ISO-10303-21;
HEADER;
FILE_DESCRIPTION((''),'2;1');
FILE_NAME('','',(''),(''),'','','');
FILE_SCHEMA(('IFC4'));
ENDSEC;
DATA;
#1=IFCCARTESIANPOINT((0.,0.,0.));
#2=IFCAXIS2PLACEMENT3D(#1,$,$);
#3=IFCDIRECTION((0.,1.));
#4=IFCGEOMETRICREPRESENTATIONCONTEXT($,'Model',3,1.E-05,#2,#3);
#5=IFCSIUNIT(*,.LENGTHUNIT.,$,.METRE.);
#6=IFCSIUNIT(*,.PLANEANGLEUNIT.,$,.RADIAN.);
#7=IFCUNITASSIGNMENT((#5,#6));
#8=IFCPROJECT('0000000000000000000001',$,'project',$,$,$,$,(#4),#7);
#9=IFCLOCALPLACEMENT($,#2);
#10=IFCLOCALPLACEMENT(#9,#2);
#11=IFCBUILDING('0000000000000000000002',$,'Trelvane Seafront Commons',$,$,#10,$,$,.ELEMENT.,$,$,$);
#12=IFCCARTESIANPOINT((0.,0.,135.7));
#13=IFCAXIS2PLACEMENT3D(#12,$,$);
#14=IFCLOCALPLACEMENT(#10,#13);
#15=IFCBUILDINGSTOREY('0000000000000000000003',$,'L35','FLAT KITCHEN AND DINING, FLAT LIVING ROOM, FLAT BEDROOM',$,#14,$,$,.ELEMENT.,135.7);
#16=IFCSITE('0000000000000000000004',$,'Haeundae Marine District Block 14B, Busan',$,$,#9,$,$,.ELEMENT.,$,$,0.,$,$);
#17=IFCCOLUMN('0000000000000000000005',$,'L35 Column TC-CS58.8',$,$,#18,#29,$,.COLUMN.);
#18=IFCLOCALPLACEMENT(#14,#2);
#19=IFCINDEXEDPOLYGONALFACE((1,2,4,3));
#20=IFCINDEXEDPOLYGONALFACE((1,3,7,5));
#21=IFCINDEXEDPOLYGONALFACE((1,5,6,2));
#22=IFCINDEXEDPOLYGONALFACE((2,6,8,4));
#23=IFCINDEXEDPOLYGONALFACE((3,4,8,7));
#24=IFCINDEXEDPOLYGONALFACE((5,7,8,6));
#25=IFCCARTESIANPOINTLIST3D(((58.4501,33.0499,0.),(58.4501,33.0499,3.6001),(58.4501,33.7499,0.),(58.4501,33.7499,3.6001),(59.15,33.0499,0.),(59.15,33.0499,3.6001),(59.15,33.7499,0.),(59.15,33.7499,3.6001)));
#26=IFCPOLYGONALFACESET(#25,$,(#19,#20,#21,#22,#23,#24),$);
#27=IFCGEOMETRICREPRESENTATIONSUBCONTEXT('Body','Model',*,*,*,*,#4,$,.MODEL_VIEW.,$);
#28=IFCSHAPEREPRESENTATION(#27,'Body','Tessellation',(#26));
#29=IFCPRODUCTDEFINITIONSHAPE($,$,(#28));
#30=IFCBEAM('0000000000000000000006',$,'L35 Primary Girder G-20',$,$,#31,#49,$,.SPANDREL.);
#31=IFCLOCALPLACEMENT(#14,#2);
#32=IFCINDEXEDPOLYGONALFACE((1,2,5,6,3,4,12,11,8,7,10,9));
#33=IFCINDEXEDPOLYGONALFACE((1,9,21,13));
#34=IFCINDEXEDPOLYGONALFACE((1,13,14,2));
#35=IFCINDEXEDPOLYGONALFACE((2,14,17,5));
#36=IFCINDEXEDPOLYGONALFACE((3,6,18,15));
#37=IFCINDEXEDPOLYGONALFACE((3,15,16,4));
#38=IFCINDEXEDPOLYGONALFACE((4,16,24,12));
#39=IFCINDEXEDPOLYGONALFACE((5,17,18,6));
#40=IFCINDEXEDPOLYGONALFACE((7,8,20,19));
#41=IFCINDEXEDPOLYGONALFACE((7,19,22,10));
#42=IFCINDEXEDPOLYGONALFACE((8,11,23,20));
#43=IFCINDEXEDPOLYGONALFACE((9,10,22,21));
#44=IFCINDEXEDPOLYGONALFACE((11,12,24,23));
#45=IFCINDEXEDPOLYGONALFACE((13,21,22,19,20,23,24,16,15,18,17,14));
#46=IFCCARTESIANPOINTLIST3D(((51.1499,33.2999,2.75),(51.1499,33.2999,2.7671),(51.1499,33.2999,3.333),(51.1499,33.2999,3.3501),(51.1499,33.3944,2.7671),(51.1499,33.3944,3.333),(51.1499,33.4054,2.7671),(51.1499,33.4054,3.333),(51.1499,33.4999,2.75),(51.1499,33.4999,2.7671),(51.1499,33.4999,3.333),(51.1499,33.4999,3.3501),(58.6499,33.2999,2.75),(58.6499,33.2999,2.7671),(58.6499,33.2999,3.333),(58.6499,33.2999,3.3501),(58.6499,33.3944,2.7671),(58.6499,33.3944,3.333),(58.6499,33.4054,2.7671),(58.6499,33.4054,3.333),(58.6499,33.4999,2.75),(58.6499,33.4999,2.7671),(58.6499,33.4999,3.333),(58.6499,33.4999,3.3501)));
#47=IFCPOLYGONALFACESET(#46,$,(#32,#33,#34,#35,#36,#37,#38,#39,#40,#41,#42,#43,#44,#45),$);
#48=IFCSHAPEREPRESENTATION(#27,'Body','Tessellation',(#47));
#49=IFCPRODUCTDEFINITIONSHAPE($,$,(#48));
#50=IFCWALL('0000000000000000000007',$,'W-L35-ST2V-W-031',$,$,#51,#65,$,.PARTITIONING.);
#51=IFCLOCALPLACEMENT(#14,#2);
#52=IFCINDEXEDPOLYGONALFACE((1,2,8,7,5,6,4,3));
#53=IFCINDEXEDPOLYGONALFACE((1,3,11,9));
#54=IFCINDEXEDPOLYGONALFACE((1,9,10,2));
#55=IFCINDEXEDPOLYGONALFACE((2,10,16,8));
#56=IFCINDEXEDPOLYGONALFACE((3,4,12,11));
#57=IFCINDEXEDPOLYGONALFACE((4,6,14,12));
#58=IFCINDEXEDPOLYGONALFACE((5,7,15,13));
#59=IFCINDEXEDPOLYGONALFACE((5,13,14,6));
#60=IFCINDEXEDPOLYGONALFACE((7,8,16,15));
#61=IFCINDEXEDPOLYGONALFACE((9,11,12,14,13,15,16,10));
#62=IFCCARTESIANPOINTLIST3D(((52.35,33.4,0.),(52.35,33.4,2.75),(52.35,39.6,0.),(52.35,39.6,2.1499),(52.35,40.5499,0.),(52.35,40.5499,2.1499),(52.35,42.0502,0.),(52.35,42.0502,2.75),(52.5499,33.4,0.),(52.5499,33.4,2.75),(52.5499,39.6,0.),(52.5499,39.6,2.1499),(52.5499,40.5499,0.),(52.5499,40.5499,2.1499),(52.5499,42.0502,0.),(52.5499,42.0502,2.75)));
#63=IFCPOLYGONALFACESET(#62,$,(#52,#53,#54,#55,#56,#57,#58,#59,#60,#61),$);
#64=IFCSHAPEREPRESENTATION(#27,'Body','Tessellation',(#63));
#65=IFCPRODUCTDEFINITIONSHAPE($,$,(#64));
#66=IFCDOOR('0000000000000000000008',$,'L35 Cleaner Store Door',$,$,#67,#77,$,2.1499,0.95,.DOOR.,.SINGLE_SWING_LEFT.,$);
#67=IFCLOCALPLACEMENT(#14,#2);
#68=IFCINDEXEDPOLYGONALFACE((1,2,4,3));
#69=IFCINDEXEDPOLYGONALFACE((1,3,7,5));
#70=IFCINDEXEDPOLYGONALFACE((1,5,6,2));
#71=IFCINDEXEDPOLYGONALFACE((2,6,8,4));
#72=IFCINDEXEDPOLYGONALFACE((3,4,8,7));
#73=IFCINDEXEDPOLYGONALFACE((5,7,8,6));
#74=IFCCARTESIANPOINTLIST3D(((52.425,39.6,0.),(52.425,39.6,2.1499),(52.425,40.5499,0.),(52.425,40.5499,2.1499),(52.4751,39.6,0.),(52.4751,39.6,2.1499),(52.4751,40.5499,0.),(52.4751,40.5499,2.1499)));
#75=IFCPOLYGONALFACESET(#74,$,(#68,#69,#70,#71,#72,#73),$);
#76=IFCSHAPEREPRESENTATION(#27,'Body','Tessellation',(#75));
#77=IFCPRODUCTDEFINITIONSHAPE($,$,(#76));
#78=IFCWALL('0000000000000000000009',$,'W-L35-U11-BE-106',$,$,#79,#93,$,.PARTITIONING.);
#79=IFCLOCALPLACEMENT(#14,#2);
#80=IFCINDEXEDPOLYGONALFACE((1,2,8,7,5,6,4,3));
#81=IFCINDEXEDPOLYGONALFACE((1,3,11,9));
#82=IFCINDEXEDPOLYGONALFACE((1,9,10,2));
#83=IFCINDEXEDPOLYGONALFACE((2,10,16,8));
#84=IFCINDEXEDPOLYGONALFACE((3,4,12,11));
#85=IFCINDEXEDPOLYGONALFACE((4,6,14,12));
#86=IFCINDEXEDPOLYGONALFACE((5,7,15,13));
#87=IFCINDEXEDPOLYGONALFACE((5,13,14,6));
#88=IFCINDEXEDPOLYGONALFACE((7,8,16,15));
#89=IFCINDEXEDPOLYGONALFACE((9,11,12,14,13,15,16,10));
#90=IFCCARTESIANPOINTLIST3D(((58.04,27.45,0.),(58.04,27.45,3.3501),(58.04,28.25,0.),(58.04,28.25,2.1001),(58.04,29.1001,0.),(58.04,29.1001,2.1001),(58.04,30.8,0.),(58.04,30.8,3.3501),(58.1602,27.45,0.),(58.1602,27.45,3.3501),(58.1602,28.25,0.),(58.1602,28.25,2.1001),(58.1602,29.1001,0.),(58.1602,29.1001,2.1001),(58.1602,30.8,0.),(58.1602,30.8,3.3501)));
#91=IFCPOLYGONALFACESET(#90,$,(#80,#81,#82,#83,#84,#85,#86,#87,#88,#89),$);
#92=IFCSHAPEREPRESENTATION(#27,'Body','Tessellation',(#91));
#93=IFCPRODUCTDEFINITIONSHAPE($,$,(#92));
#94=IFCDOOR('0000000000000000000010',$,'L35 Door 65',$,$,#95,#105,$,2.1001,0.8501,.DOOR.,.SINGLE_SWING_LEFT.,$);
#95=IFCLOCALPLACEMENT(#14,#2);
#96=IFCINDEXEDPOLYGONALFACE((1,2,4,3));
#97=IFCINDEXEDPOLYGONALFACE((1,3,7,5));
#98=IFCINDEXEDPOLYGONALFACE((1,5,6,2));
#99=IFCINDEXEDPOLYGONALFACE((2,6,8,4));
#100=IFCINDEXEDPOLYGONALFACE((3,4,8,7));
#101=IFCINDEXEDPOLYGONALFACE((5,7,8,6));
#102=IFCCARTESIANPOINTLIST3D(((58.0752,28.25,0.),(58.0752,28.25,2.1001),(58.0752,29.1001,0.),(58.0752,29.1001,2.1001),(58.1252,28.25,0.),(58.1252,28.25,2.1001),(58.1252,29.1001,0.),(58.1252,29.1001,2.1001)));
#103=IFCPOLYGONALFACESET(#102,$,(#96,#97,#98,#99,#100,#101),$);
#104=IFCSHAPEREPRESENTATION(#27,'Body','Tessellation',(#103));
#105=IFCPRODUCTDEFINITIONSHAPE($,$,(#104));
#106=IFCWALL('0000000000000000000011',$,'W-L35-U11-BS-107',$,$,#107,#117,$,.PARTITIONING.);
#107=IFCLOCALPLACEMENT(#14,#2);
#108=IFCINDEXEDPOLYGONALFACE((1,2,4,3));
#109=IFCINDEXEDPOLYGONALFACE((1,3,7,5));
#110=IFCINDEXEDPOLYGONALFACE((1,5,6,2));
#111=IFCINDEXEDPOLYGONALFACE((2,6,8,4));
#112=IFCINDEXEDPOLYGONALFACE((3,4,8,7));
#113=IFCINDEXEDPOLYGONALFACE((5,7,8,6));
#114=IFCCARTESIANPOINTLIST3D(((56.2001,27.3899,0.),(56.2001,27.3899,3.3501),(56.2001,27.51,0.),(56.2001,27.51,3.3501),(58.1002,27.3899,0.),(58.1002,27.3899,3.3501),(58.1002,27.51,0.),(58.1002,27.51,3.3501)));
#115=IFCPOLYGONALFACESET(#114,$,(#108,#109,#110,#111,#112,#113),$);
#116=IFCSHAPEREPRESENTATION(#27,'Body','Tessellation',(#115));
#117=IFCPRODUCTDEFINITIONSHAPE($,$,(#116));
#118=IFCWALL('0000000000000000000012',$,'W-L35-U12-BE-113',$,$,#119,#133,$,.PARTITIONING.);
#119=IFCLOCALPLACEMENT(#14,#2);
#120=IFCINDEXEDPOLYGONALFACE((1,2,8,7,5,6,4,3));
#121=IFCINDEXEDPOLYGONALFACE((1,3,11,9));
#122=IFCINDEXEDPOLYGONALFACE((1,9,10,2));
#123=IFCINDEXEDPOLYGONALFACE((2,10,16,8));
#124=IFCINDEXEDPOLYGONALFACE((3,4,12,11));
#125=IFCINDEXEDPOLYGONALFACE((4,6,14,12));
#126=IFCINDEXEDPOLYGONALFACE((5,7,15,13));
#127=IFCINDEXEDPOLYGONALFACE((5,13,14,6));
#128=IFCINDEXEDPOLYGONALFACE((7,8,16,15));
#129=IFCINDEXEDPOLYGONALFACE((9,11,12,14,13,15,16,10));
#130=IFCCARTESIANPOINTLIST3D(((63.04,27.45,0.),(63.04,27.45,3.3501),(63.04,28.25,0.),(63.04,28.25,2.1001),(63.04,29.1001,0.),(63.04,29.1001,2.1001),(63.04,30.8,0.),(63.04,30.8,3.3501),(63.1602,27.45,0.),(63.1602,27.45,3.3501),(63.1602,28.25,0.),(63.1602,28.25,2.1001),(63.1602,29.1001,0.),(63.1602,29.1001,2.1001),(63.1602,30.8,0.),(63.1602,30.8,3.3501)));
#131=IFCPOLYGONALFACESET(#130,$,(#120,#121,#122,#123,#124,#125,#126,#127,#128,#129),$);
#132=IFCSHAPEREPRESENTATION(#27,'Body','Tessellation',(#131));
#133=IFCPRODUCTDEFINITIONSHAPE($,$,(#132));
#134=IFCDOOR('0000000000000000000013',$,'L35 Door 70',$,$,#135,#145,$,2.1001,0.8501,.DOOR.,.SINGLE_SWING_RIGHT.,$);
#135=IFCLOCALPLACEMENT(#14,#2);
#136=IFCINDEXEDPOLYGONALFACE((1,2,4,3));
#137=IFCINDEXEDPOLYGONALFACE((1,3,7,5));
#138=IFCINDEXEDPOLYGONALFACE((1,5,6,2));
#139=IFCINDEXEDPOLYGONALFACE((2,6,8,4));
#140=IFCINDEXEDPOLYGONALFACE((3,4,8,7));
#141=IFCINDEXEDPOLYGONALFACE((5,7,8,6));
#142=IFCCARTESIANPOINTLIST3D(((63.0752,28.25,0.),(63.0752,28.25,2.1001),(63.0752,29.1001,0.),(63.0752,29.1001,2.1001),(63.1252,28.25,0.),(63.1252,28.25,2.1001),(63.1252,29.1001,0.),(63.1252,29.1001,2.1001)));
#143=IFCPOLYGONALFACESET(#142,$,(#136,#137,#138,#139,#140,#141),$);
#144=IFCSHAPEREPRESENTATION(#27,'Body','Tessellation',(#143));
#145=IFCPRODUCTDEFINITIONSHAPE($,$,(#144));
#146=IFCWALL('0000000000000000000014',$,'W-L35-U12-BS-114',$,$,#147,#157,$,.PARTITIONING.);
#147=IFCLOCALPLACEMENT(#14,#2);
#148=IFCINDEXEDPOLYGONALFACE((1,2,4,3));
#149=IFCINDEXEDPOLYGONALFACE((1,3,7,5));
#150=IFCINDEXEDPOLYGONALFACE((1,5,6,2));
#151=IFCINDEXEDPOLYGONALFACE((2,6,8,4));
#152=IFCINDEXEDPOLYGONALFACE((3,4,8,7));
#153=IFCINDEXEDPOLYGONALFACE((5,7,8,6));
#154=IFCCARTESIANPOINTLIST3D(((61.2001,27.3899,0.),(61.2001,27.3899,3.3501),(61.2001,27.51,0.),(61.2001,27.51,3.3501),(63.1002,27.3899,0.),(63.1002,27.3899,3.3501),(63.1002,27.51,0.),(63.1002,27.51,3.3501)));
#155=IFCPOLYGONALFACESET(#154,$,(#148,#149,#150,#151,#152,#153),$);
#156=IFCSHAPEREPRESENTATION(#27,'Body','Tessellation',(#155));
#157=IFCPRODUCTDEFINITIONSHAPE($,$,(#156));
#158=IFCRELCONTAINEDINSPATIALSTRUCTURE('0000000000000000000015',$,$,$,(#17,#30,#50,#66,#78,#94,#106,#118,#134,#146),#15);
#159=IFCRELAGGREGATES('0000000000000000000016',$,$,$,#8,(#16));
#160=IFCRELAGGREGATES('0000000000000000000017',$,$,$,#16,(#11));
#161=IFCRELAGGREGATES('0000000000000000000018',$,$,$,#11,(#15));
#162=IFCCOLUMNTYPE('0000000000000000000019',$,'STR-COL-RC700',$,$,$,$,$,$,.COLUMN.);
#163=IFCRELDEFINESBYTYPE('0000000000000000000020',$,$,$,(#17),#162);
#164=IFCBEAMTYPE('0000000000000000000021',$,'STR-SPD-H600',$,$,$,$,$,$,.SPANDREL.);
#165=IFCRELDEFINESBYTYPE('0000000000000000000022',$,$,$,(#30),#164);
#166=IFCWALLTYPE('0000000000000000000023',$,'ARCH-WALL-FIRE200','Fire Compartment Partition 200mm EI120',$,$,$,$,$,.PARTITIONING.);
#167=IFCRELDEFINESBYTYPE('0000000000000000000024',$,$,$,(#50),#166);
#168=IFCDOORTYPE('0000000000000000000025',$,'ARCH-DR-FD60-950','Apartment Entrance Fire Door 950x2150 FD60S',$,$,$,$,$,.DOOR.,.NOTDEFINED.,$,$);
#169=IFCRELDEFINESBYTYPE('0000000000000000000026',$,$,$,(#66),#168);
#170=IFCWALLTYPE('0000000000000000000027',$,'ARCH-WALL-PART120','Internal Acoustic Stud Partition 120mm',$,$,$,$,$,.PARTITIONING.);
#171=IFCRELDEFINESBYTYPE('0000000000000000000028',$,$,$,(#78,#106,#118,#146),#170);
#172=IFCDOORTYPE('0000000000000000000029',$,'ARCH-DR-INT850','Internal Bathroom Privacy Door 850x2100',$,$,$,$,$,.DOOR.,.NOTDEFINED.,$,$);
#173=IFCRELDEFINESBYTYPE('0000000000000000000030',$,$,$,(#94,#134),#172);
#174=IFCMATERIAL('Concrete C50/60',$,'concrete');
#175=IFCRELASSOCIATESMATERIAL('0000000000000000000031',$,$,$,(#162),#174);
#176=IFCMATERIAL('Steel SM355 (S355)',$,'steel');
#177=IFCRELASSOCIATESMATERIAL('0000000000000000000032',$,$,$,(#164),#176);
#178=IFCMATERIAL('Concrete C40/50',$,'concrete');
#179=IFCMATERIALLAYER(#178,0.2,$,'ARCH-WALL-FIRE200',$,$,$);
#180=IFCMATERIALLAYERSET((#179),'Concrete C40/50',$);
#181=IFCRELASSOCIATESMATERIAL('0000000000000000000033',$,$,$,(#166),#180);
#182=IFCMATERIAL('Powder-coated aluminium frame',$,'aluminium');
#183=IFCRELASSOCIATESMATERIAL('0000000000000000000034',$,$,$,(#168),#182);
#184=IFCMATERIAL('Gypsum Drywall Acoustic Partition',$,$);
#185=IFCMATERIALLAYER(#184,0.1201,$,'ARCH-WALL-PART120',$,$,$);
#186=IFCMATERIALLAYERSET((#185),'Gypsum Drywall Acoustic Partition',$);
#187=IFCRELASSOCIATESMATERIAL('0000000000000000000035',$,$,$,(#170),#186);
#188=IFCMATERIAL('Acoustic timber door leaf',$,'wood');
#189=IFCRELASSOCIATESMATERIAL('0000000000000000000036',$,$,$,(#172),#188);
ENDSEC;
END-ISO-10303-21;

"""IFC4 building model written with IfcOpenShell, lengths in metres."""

from ifc_helpers import new_model, si_unit, direction, frame, frame_2d, origin, origin_2d, place, context, subcontext, project, spatial, rectangle, i_section, extrude, source, transform, mapped, material, layer, layer_set, material_profile, profile_set, type_object, element, fill, save


model = new_model("IFC4")

# Units and contexts
model_context = context("Model", 3, precision=1e-05, world=origin(), true_north=direction((0.0, 1.0)))
body_context = subcontext(model_context, "Body", "Model", "MODEL_VIEW")
ifc_project = project(units=[si_unit("LENGTHUNIT", "METRE"), si_unit("PLANEANGLEUNIT", "RADIAN")], contexts=[model_context])

# Site, building, storey
site_placement = place(None, origin())
site = spatial("IfcSite", under=ifc_project, at=site_placement, Name="Haeundae Marine District Block 14B, Busan", CompositionType="ELEMENT", RefElevation=0.0)
building_placement = place(site_placement, origin())
building = spatial("IfcBuilding", under=site, at=building_placement, Name="Trelvane Seafront Commons", CompositionType="ELEMENT")
storey_placement = place(building_placement, frame((0.0, 0.0, 135.7)))
storey = spatial("IfcBuildingStorey", under=building, at=storey_placement, Name="L35", Description="FLAT KITCHEN AND DINING, FLAT LIVING ROOM, FLAT BEDROOM", CompositionType="ELEMENT", Elevation=135.7)

# Column
ifc_material_1 = material(Name="Concrete C50/60", Category="concrete")
ifc_material_profile_1 = material_profile(ifc_material_1, rectangle(XDim=0.7, YDim=0.7, at=origin_2d()), Name="RC-700x700")
ifc_profile_set_1 = profile_set([ifc_material_profile_1], Name="Concrete C50/60")
column_type = type_object("IfcColumnType", Name="STR-COL-RC700", PredefinedType="COLUMN", material=ifc_profile_set_1)
shared_shape_1 = source(origin(), body_context, "Body", "SweptSolid", [
    extrude(rectangle(XDim=0.7, YDim=0.7, at=origin_2d()), origin(), (0.0, 0.0, 1.0), 3.6001),
])
column_placement = place(storey_placement, frame((58.8, 33.3999, 0.0), z_axis=(0.0, 0.0, 1.0), x_axis=(1.0, 0.0, 0.0)))
element("IfcColumn", 1, at=column_placement, inside=storey, type_object=column_type, Name="L35 Column TC-CS58.8", PredefinedType="COLUMN", context=body_context, shape_type="MappedRepresentation", body=[
    mapped(shared_shape_1, transform((0.0, 0.0, 0.0), x_axis=(1.0, 0.0, 0.0), y_axis=(0.0, 1.0, 0.0), z_axis=(0.0, 0.0, 1.0), scale=1.0)),
])

# Beam
ifc_material_2 = material(Name="Steel SM355 (S355)", Category="steel")
ifc_material_profile_2 = material_profile(ifc_material_2, i_section(OverallWidth=0.2, OverallDepth=0.6001, WebThickness=0.011, FlangeThickness=0.0171, at=origin_2d()), Name="H-600x200x11x17")
ifc_profile_set_2 = profile_set([ifc_material_profile_2], Name="Steel SM355 (S355)")
beam_type = type_object("IfcBeamType", Name="STR-SPD-H600", PredefinedType="SPANDREL", material=ifc_profile_set_2)
shared_shape_2 = source(origin(), body_context, "Body", "SweptSolid", [
    extrude(i_section(OverallWidth=0.2, OverallDepth=0.6001, WebThickness=0.011, FlangeThickness=0.0171, at=origin_2d()), origin(), (0.0, 0.0, 1.0), 7.5),
])
beam_placement = place(storey_placement, frame((51.1499, 33.3999, 3.05), z_axis=(1.0, 0.0, 0.0), x_axis=(0.0, 1.0, 0.0)))
element("IfcBeam", 2, at=beam_placement, inside=storey, type_object=beam_type, Name="L35 Primary Girder G-20", PredefinedType="SPANDREL", context=body_context, shape_type="MappedRepresentation", body=[
    mapped(shared_shape_2, transform((0.0, 0.0, 0.0), x_axis=(1.0, 0.0, 0.0), y_axis=(0.0, 1.0, 0.0), z_axis=(0.0, 0.0, 1.0), scale=1.0)),
])

# Walls, openings, doors
ifc_material_3 = material(Name="Concrete C40/50", Category="concrete")
ifc_layer_1 = layer(ifc_material_3, 0.2, Name="ARCH-WALL-FIRE200")
ifc_layer_set_1 = layer_set([ifc_layer_1], Name="Concrete C40/50")
wall_type_1 = type_object("IfcWallType", Name="ARCH-WALL-FIRE200", Description="Fire Compartment Partition 200mm EI120", PredefinedType="PARTITIONING", material=ifc_layer_set_1)
wall_1_placement = place(storey_placement, frame((52.45, 33.3999, 0.0), z_axis=(0.0, 0.0, 1.0), x_axis=(0.0, 1.0, 0.0)))
wall_1 = element("IfcWall", 3, at=wall_1_placement, inside=storey, type_object=wall_type_1, Name="W-L35-ST2V-W-031", PredefinedType="PARTITIONING", context=body_context, shape_type="SweptSolid", body=[
    extrude(rectangle(XDim=8.6501, YDim=0.2, at=frame_2d((4.3252, 0.0))), origin(), (0.0, 0.0, 1.0), 2.75),
])
opening_1_placement = place(wall_1_placement, frame((6.2, 0.0, 0.0)))
opening_1 = element("IfcOpeningElement", 4, at=opening_1_placement, cuts=wall_1, PredefinedType="OPENING", context=body_context, shape_type="SweptSolid", body=[
    extrude(rectangle(XDim=0.95, YDim=2.1499, at=frame_2d((0.4751, 1.075))), frame((0.0, 0.1099, 0.0), z_axis=(0.0, -1.0, 0.0), x_axis=(1.0, 0.0, 0.0)), (0.0, 0.0, 1.0), 0.22),
])
ifc_material_4 = material(Name="Powder-coated aluminium frame", Category="aluminium")
door_type_1 = type_object("IfcDoorType", Name="ARCH-DR-FD60-950", Description="Apartment Entrance Fire Door 950x2150 FD60S", OperationType="NOTDEFINED", PredefinedType="DOOR", material=ifc_material_4)
shared_shape_3 = source(origin(), body_context, "Body", "SweptSolid", [
    extrude(rectangle(XDim=0.95, YDim=2.1499, at=frame_2d((0.4751, 1.075))), frame((0.0, 0.0249, 0.0), z_axis=(0.0, -1.0, 0.0), x_axis=(1.0, 0.0, 0.0)), (0.0, 0.0, 1.0), 0.05),
])
door_1_placement = place(opening_1_placement, origin())
door_1 = element("IfcDoor", 5, at=door_1_placement, inside=storey, type_object=door_type_1, Name="L35 Cleaner Store Door", OperationType="SINGLE_SWING_LEFT", OverallHeight=2.1499, OverallWidth=0.95, PredefinedType="DOOR", context=body_context, shape_type="MappedRepresentation", body=[
    mapped(shared_shape_3, transform((0.0, 0.0, 0.0), x_axis=(1.0, 0.0, 0.0), y_axis=(0.0, 1.0, 0.0), z_axis=(0.0, 0.0, 1.0), scale=1.0)),
])
fill(opening_1, door_1)
ifc_material_5 = material(Name="Gypsum Drywall Acoustic Partition")
ifc_layer_2 = layer(ifc_material_5, 0.1201, Name="ARCH-WALL-PART120")
ifc_layer_set_2 = layer_set([ifc_layer_2], Name="Gypsum Drywall Acoustic Partition")
wall_type_2 = type_object("IfcWallType", Name="ARCH-WALL-PART120", Description="Internal Acoustic Stud Partition 120mm", PredefinedType="PARTITIONING", material=ifc_layer_set_2)
wall_2_placement = place(storey_placement, frame((58.1001, 27.45, 0.0), z_axis=(0.0, 0.0, 1.0), x_axis=(0.0, 1.0, 0.0)))
wall_2 = element("IfcWall", 6, at=wall_2_placement, inside=storey, type_object=wall_type_2, Name="W-L35-U11-BE-106", PredefinedType="PARTITIONING", context=body_context, shape_type="SweptSolid", body=[
    extrude(rectangle(XDim=3.3501, YDim=0.1201, at=frame_2d((1.675, 0.0))), origin(), (0.0, 0.0, 1.0), 3.3501),
])
opening_2_placement = place(wall_2_placement, frame((0.8, 0.0, 0.0)))
opening_2 = element("IfcOpeningElement", 7, at=opening_2_placement, cuts=wall_2, PredefinedType="OPENING", context=body_context, shape_type="SweptSolid", body=[
    extrude(rectangle(XDim=0.8501, YDim=2.1001, at=frame_2d((0.425, 1.05))), frame((0.0, 0.0701, 0.0), z_axis=(0.0, -1.0, 0.0), x_axis=(1.0, 0.0, 0.0)), (0.0, 0.0, 1.0), 0.1401),
])
ifc_material_6 = material(Name="Acoustic timber door leaf", Category="wood")
door_type_2 = type_object("IfcDoorType", Name="ARCH-DR-INT850", Description="Internal Bathroom Privacy Door 850x2100", OperationType="NOTDEFINED", PredefinedType="DOOR", material=ifc_material_6)
shared_shape_4 = source(origin(), body_context, "Body", "SweptSolid", [
    extrude(rectangle(XDim=0.8501, YDim=2.1001, at=frame_2d((0.425, 1.05))), frame((0.0, 0.0249, 0.0), z_axis=(0.0, -1.0, 0.0), x_axis=(1.0, 0.0, 0.0)), (0.0, 0.0, 1.0), 0.05),
])
door_2_placement = place(opening_2_placement, origin())
door_2 = element("IfcDoor", 8, at=door_2_placement, inside=storey, type_object=door_type_2, Name="L35 Door 65", OperationType="SINGLE_SWING_LEFT", OverallHeight=2.1001, OverallWidth=0.8501, PredefinedType="DOOR", context=body_context, shape_type="MappedRepresentation", body=[
    mapped(shared_shape_4, transform((0.0, 0.0, 0.0), x_axis=(1.0, 0.0, 0.0), y_axis=(0.0, 1.0, 0.0), z_axis=(0.0, 0.0, 1.0), scale=1.0)),
])
fill(opening_2, door_2)

# Wall
wall_3_placement = place(storey_placement, frame((56.2, 27.45, 0.0), z_axis=(0.0, 0.0, 1.0), x_axis=(1.0, 0.0, 0.0)))
element("IfcWall", 9, at=wall_3_placement, inside=storey, type_object=wall_type_2, Name="W-L35-U11-BS-107", PredefinedType="PARTITIONING", context=body_context, shape_type="SweptSolid", body=[
    extrude(rectangle(XDim=1.9001, YDim=0.1201, at=frame_2d((0.9502, 0.0))), origin(), (0.0, 0.0, 1.0), 3.3501),
])

# Wall, opening, door
wall_4_placement = place(storey_placement, frame((63.1001, 27.45, 0.0), z_axis=(0.0, 0.0, 1.0), x_axis=(0.0, 1.0, 0.0)))
wall_4 = element("IfcWall", 10, at=wall_4_placement, inside=storey, type_object=wall_type_2, Name="W-L35-U12-BE-113", PredefinedType="PARTITIONING", context=body_context, shape_type="SweptSolid", body=[
    extrude(rectangle(XDim=3.3501, YDim=0.1201, at=frame_2d((1.675, 0.0))), origin(), (0.0, 0.0, 1.0), 3.3501),
])
opening_3_placement = place(wall_4_placement, frame((0.8, 0.0, 0.0)))
opening_3 = element("IfcOpeningElement", 11, at=opening_3_placement, cuts=wall_4, PredefinedType="OPENING", context=body_context, shape_type="SweptSolid", body=[
    extrude(rectangle(XDim=0.8501, YDim=2.1001, at=frame_2d((0.425, 1.05))), frame((0.0, 0.0701, 0.0), z_axis=(0.0, -1.0, 0.0), x_axis=(1.0, 0.0, 0.0)), (0.0, 0.0, 1.0), 0.1401),
])
door_3_placement = place(opening_3_placement, origin())
door_3 = element("IfcDoor", 12, at=door_3_placement, inside=storey, type_object=door_type_2, Name="L35 Door 70", OperationType="SINGLE_SWING_RIGHT", OverallHeight=2.1001, OverallWidth=0.8501, PredefinedType="DOOR", context=body_context, shape_type="MappedRepresentation", body=[
    mapped(shared_shape_4, transform((0.0, 0.0, 0.0), x_axis=(1.0, 0.0, 0.0), y_axis=(0.0, 1.0, 0.0), z_axis=(0.0, 0.0, 1.0), scale=1.0)),
])
fill(opening_3, door_3)

# Wall
wall_5_placement = place(storey_placement, frame((61.2, 27.45, 0.0), z_axis=(0.0, 0.0, 1.0), x_axis=(1.0, 0.0, 0.0)))
element("IfcWall", 13, at=wall_5_placement, inside=storey, type_object=wall_type_2, Name="W-L35-U12-BS-114", PredefinedType="PARTITIONING", context=body_context, shape_type="SweptSolid", body=[
    extrude(rectangle(XDim=1.9001, YDim=0.1201, at=frame_2d((0.9502, 0.0))), origin(), (0.0, 0.0, 1.0), 3.3501),
])

save(model, "model.ifc")
